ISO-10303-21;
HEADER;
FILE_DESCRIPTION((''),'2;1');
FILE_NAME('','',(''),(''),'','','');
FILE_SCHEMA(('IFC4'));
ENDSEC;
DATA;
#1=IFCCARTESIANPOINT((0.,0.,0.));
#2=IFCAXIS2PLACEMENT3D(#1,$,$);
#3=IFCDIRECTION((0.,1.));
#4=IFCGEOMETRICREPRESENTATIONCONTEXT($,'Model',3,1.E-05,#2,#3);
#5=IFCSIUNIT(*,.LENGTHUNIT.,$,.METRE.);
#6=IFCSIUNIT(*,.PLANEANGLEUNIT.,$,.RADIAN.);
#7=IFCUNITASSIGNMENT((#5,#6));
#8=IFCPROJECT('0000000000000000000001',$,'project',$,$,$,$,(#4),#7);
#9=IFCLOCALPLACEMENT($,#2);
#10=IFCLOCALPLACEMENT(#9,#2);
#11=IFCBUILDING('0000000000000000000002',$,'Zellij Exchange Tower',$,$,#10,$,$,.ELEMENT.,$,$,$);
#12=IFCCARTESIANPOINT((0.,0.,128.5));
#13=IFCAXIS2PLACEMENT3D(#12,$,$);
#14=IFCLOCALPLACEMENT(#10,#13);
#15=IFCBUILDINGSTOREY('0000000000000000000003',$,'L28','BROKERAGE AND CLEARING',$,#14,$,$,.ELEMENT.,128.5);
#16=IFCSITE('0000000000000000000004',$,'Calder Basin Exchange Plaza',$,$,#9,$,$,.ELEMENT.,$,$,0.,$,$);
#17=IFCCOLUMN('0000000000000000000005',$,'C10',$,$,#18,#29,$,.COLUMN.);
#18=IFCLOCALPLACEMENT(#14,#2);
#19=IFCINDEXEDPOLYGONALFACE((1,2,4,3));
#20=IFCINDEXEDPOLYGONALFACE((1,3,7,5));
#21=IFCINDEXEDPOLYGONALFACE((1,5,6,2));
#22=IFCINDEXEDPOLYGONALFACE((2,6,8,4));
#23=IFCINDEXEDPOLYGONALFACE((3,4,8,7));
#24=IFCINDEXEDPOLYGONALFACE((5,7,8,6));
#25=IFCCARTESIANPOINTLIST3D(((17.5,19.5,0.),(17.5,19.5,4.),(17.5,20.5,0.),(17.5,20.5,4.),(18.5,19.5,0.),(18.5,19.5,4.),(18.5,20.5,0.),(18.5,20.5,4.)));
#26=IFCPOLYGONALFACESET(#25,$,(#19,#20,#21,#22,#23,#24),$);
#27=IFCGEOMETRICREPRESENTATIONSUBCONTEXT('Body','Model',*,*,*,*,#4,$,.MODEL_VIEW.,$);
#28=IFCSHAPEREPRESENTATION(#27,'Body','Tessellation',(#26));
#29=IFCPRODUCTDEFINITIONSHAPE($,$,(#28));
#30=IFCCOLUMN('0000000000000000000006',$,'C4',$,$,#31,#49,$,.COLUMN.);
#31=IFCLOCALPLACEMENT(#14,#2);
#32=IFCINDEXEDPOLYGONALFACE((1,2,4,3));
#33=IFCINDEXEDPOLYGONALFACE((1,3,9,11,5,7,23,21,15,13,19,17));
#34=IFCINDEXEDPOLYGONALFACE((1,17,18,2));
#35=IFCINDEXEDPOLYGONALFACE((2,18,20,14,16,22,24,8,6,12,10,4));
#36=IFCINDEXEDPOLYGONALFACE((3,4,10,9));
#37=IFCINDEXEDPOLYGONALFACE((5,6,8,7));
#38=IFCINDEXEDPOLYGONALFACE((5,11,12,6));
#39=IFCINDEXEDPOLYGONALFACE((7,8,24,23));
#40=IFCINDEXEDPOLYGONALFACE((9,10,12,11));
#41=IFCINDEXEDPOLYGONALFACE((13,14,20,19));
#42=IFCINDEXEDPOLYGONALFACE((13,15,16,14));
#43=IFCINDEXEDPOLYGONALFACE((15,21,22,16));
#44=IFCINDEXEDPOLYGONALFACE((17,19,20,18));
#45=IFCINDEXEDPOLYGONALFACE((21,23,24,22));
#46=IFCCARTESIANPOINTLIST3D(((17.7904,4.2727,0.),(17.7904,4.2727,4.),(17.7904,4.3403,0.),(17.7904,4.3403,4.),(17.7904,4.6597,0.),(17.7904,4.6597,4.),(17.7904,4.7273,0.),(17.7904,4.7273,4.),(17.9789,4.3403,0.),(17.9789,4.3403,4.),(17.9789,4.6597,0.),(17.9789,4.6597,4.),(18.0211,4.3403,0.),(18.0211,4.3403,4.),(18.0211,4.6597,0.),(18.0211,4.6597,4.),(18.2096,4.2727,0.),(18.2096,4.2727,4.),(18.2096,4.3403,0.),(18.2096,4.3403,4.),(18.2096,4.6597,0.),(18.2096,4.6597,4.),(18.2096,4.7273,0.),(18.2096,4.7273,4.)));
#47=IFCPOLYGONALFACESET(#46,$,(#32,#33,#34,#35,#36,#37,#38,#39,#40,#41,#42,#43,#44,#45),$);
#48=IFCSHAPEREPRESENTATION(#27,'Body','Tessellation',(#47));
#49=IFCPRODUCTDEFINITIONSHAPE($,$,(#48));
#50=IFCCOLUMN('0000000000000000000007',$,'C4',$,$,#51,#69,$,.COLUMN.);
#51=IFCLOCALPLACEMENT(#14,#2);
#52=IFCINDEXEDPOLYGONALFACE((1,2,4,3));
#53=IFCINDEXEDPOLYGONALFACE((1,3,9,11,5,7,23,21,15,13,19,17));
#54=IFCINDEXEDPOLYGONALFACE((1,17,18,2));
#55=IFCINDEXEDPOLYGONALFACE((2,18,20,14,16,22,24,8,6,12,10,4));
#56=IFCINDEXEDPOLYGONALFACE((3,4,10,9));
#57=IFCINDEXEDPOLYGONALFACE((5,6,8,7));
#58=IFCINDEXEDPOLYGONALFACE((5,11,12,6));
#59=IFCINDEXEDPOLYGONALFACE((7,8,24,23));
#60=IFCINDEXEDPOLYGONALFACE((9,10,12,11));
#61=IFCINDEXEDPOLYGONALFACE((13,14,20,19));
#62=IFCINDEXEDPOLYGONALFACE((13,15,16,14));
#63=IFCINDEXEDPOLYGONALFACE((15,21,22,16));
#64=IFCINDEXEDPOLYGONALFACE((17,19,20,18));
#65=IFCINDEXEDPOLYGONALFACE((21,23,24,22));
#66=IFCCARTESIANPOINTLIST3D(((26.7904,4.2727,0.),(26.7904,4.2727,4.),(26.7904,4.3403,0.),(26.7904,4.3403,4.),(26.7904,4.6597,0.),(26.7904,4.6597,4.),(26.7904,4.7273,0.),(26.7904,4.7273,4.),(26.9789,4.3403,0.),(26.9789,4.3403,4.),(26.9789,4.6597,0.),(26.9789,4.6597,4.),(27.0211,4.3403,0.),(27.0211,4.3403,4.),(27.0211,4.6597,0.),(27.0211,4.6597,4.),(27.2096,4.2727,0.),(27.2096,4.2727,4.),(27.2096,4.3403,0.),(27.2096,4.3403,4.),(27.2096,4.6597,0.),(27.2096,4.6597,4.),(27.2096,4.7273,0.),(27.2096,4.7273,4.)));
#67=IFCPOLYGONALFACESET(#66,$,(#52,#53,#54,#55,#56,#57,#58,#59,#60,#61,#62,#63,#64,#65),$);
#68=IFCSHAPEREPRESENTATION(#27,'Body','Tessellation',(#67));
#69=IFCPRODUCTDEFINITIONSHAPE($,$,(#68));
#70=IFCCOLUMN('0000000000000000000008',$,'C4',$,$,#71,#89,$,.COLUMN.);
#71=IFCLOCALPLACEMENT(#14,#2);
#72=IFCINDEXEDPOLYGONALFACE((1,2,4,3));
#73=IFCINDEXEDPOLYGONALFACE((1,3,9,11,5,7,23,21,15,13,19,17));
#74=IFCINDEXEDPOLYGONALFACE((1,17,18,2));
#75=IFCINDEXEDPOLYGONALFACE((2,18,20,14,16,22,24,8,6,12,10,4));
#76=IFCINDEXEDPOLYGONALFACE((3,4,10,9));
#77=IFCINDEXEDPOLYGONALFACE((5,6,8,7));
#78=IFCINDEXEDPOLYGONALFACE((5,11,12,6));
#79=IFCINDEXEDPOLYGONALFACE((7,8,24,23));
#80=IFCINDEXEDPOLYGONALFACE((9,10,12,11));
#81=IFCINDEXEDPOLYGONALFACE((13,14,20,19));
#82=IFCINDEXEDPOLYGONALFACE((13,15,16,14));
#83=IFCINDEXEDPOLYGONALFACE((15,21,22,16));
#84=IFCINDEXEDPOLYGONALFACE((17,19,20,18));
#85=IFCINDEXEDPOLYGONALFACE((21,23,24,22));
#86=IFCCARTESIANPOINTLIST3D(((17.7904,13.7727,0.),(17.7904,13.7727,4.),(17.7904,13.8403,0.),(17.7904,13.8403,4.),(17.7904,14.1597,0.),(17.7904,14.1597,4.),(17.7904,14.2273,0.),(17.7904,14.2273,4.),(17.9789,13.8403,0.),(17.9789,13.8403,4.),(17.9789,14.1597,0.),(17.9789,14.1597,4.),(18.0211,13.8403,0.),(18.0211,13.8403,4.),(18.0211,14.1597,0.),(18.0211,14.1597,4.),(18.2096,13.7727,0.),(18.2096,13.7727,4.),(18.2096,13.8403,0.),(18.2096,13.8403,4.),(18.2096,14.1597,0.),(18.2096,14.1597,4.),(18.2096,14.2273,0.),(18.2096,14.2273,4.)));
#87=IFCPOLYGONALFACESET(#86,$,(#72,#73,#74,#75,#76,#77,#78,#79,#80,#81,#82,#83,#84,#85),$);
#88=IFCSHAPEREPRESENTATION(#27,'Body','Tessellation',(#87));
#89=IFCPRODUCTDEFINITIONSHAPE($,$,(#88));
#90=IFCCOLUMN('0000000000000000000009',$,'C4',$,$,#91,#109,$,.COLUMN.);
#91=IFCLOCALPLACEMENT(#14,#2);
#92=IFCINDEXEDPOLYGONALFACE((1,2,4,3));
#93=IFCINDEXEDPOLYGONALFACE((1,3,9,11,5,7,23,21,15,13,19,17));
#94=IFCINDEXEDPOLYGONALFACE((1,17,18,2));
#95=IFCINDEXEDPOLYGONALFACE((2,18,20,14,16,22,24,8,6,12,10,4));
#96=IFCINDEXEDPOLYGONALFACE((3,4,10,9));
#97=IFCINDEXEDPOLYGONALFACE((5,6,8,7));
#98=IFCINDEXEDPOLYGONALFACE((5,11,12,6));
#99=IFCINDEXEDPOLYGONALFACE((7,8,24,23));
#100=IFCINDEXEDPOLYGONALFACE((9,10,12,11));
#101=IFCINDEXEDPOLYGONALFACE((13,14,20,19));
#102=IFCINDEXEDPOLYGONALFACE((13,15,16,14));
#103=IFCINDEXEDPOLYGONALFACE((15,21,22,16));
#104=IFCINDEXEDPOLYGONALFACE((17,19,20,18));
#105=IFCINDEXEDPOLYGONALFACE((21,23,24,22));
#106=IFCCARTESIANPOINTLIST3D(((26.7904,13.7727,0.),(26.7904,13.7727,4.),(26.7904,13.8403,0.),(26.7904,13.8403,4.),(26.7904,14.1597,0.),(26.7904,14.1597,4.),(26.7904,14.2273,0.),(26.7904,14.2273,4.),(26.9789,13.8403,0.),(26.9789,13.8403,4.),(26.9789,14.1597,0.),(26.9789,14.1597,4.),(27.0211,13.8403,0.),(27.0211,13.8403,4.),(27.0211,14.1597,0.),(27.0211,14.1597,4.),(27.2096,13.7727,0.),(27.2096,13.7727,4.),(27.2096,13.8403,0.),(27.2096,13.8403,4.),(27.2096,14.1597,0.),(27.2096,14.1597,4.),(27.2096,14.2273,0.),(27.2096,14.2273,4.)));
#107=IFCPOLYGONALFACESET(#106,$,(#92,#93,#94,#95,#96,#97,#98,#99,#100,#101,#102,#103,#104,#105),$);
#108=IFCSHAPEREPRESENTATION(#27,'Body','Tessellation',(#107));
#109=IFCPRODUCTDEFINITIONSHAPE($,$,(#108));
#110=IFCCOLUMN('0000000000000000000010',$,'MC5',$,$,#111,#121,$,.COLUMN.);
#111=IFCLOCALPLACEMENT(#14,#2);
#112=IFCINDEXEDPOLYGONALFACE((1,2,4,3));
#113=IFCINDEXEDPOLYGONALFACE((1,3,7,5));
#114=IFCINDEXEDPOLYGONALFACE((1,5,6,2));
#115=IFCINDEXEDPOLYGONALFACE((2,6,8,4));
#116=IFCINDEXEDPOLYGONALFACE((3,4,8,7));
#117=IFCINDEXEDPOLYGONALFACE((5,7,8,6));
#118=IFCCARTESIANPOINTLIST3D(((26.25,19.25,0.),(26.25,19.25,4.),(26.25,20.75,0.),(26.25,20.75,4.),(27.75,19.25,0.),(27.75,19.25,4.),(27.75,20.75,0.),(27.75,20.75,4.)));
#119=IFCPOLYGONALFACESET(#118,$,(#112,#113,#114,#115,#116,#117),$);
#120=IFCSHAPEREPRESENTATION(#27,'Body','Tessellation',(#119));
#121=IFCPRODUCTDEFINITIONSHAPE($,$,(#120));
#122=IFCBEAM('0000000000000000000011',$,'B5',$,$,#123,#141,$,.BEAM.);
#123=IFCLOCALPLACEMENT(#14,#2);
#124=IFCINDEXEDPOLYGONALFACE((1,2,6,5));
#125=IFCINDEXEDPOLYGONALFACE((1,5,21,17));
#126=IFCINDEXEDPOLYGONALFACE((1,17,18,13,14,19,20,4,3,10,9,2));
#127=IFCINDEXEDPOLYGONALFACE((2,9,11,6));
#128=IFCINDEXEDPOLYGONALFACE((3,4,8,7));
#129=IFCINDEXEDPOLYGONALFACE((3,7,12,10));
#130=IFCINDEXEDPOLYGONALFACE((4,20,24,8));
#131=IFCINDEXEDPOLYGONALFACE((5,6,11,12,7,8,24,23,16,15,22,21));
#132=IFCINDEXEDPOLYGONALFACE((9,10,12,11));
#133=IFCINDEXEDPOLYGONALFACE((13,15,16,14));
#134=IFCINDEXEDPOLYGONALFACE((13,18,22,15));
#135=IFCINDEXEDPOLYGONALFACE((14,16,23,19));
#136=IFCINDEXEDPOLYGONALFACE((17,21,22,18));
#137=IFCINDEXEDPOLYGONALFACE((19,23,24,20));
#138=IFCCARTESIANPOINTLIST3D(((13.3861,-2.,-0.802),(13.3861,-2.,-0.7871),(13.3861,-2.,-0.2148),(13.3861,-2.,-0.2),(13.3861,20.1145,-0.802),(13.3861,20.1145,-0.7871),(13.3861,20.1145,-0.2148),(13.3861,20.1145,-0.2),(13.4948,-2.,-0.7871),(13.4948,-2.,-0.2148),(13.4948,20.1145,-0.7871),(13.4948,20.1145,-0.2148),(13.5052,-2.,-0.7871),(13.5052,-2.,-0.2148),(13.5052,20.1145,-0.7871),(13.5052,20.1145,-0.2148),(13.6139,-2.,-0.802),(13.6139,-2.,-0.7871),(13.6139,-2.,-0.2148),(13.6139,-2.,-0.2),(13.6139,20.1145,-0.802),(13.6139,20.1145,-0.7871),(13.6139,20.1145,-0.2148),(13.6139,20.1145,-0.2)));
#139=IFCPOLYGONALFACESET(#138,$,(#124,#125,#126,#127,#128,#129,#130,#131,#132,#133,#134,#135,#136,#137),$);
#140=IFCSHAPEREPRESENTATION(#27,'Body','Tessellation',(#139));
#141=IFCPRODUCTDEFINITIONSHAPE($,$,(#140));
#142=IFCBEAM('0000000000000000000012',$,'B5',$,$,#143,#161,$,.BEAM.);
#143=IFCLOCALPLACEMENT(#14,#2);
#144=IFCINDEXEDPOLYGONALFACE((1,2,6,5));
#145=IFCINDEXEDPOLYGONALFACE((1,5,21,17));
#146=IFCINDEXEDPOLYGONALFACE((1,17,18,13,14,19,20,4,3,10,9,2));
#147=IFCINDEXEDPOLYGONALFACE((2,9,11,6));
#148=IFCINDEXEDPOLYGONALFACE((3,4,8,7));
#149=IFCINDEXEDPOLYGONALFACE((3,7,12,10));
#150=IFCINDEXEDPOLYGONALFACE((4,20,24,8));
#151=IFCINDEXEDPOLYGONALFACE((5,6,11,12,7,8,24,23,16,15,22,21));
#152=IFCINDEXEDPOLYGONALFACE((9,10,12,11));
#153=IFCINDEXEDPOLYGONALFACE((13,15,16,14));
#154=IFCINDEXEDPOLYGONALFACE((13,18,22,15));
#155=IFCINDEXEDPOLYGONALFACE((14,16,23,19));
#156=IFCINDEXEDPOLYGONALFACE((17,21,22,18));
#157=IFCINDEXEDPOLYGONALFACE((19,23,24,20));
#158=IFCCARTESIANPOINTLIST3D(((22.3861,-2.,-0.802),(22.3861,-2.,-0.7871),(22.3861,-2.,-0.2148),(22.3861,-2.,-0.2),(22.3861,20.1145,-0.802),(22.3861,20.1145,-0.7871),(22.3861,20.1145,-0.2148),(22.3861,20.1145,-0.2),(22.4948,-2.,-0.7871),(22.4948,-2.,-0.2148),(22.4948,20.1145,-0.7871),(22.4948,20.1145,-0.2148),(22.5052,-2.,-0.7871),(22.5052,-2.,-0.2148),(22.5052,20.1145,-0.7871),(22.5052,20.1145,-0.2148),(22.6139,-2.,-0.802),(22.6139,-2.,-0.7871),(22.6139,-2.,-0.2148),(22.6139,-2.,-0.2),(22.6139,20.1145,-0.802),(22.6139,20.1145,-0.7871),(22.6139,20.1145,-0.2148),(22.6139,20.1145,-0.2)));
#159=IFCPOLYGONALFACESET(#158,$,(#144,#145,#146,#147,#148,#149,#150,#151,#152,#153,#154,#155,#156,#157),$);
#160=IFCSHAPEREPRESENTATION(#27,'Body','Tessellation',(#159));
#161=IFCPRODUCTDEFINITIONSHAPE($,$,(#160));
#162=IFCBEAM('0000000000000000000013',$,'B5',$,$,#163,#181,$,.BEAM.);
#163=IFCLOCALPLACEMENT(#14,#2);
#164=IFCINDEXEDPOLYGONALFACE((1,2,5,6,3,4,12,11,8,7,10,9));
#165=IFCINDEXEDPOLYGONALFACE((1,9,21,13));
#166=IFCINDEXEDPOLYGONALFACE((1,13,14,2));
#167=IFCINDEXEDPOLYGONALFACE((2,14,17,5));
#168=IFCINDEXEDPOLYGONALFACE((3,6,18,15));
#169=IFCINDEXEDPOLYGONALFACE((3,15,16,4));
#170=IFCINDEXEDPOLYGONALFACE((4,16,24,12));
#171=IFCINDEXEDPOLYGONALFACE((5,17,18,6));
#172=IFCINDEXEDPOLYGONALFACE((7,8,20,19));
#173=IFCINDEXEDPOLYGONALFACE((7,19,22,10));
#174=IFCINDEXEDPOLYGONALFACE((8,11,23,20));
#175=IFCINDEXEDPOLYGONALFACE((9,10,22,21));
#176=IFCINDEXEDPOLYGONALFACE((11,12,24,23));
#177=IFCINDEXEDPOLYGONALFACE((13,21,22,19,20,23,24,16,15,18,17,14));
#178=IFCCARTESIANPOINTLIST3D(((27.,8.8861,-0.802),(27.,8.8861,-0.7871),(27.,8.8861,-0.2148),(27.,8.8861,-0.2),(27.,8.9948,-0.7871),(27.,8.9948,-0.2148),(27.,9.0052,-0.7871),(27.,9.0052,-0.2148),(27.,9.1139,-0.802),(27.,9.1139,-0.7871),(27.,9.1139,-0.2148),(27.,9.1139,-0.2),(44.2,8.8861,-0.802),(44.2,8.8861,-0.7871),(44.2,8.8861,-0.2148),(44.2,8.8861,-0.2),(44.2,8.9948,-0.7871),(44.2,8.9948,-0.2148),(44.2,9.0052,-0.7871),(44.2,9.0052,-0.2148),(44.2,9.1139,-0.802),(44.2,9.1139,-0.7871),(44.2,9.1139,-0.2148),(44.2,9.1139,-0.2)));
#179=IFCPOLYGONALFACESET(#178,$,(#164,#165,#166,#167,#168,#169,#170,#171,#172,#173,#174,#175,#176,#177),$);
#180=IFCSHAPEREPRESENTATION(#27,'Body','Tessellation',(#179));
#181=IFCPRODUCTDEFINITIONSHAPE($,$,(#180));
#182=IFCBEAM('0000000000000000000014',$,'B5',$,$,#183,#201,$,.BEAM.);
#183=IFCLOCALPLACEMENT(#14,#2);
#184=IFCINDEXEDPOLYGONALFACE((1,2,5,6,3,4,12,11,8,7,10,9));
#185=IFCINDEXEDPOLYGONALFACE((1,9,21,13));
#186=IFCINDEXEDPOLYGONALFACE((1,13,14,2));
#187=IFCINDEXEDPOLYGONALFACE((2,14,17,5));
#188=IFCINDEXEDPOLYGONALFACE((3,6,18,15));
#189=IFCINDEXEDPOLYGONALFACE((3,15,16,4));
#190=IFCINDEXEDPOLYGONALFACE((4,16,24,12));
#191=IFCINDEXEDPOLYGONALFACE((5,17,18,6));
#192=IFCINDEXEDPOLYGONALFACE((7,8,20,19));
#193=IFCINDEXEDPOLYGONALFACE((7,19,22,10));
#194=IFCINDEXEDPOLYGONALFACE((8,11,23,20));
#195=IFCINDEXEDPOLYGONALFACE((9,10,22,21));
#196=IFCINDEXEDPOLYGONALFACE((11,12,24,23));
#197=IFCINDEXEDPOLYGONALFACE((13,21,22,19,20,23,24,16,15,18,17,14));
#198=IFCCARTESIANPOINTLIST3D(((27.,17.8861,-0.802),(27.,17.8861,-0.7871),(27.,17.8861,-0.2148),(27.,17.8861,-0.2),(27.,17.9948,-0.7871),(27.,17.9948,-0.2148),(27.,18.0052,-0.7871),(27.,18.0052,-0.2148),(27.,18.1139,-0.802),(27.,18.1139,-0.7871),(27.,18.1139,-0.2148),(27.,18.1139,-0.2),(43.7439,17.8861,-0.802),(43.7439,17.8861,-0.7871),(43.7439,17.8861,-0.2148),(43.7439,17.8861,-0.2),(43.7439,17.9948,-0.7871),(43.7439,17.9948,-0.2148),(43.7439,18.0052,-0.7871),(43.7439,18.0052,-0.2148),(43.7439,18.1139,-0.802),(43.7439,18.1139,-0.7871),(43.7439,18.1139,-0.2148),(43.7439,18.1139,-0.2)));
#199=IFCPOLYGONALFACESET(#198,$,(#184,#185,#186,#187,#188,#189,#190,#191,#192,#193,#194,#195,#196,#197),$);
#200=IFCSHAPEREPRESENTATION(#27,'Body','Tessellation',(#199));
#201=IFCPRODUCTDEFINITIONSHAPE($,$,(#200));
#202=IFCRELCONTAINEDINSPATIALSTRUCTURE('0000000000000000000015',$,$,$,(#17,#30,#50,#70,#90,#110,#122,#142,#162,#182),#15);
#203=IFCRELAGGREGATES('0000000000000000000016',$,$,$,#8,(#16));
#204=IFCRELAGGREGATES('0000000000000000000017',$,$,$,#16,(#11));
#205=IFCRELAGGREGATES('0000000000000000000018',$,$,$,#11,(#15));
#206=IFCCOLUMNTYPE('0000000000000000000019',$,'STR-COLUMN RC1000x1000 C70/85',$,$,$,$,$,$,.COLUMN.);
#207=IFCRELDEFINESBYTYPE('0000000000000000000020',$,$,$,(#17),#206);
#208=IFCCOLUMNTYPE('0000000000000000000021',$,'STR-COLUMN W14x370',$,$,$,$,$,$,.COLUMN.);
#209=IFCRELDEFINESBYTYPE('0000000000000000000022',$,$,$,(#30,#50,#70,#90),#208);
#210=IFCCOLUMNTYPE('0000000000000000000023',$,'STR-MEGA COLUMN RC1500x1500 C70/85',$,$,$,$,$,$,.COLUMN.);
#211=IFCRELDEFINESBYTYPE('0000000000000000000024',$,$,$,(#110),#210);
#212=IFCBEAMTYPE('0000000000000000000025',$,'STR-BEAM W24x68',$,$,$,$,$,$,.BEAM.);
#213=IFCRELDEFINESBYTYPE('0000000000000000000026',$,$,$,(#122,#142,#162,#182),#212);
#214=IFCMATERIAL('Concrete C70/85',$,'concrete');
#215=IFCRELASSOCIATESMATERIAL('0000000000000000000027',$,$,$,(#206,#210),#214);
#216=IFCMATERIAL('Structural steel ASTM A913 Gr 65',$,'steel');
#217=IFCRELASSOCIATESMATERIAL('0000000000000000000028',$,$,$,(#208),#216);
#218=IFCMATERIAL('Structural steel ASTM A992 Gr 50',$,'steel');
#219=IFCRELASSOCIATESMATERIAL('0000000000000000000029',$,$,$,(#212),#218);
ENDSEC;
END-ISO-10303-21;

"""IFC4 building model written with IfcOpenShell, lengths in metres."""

from ifc_helpers import new_model, si_unit, direction, frame, origin, origin_2d, place, context, subcontext, project, spatial, rectangle, i_section, extrude, material, material_profile, profile_set, type_object, element, save


model = new_model("IFC4")

# Units and contexts
model_context = context("Model", 3, precision=1e-05, world=origin(), true_north=direction((0.0, 1.0)))
body_context = subcontext(model_context, "Body", "Model", "MODEL_VIEW")
ifc_project = project(units=[si_unit("LENGTHUNIT", "METRE"), si_unit("PLANEANGLEUNIT", "RADIAN")], contexts=[model_context])

# Site, building, storey
site_placement = place(None, origin())
site = spatial("IfcSite", under=ifc_project, at=site_placement, Name="Calder Basin Exchange Plaza", CompositionType="ELEMENT", RefElevation=0.0)
building_placement = place(site_placement, origin())
building = spatial("IfcBuilding", under=site, at=building_placement, Name="Zellij Exchange Tower", CompositionType="ELEMENT")
storey_placement = place(building_placement, frame((0.0, 0.0, 128.5)))
storey = spatial("IfcBuildingStorey", under=building, at=storey_placement, Name="L28", Description="BROKERAGE AND CLEARING", CompositionType="ELEMENT", Elevation=128.5)

# Columns
ifc_material_1 = material(Name="Concrete C70/85", Category="concrete")
ifc_material_profile_1 = material_profile(ifc_material_1, rectangle(XDim=1.0, YDim=1.0, at=origin_2d()), Name="STR-COLUMN RC1000x1000 C70/85")
ifc_profile_set_1 = profile_set([ifc_material_profile_1], Name="Concrete C70/85")
column_type_1 = type_object("IfcColumnType", Name="STR-COLUMN RC1000x1000 C70/85", PredefinedType="COLUMN", material=ifc_profile_set_1)
column_1_placement = place(storey_placement, frame((18.0, 20.0, 0.0), z_axis=(0.0, 0.0, 1.0), x_axis=(1.0, 0.0, 0.0)))
element("IfcColumn", 1, at=column_1_placement, inside=storey, type_object=column_type_1, Name="C10", PredefinedType="COLUMN", context=body_context, shape_type="SweptSolid", body=[
    extrude(rectangle(XDim=1.0, YDim=1.0, at=origin_2d()), origin(), (0.0, 0.0, 1.0), 4.0),
])
ifc_material_2 = material(Name="Structural steel ASTM A913 Gr 65", Category="steel")
ifc_material_profile_2 = material_profile(ifc_material_2, i_section(OverallWidth=0.4192, OverallDepth=0.4546, WebThickness=0.0422, FlangeThickness=0.0676, at=origin_2d()), Name="W14x370")
ifc_profile_set_2 = profile_set([ifc_material_profile_2], Name="Structural steel ASTM A913 Gr 65")
column_type_2 = type_object("IfcColumnType", Name="STR-COLUMN W14x370", PredefinedType="COLUMN", material=ifc_profile_set_2)
for number, where, z_axis, x_axis, name in (
    (2, (18.0, 4.5, 0.0), (0.0, 0.0, 1.0), (1.0, 0.0, 0.0), "C4"),
    (3, (27.0, 4.5, 0.0), (0.0, 0.0, 1.0), (1.0, 0.0, 0.0), "C4"),
    (4, (18.0, 14.0, 0.0), (0.0, 0.0, 1.0), (1.0, 0.0, 0.0), "C4"),
    (5, (27.0, 14.0, 0.0), (0.0, 0.0, 1.0), (1.0, 0.0, 0.0), "C4"),
):
    element("IfcColumn", number, at=place(storey_placement, frame(where, z_axis=z_axis, x_axis=x_axis)), inside=storey, type_object=column_type_2, Name=name, PredefinedType="COLUMN", context=body_context, shape_type="SweptSolid", body=[
        extrude(i_section(OverallWidth=0.4192, OverallDepth=0.4546, WebThickness=0.0422, FlangeThickness=0.0676, at=origin_2d()), origin(), (0.0, 0.0, 1.0), 4.0),
    ])
ifc_material_profile_3 = material_profile(ifc_material_1, rectangle(XDim=1.5, YDim=1.5, at=origin_2d()), Name="STR-MEGA COLUMN RC1500x1500 C70/85")
ifc_profile_set_3 = profile_set([ifc_material_profile_3], Name="Concrete C70/85")
column_type_3 = type_object("IfcColumnType", Name="STR-MEGA COLUMN RC1500x1500 C70/85", PredefinedType="COLUMN", material=ifc_profile_set_3)
column_2_placement = place(storey_placement, frame((27.0, 20.0, 0.0), z_axis=(0.0, 0.0, 1.0), x_axis=(1.0, 0.0, 0.0)))
element("IfcColumn", 6, at=column_2_placement, inside=storey, type_object=column_type_3, Name="MC5", PredefinedType="COLUMN", context=body_context, shape_type="SweptSolid", body=[
    extrude(rectangle(XDim=1.5, YDim=1.5, at=origin_2d()), origin(), (0.0, 0.0, 1.0), 4.0),
])

# Beams
ifc_material_3 = material(Name="Structural steel ASTM A992 Gr 50", Category="steel")
ifc_material_profile_4 = material_profile(ifc_material_3, i_section(OverallWidth=0.2278, OverallDepth=0.6021, WebThickness=0.0105, FlangeThickness=0.0149, at=origin_2d()), Name="W24x68")
ifc_profile_set_4 = profile_set([ifc_material_profile_4], Name="Structural steel ASTM A992 Gr 50")
beam_type_1 = type_object("IfcBeamType", Name="STR-BEAM W24x68", PredefinedType="BEAM", material=ifc_profile_set_4)
for number, where, z_axis, x_axis, name in (
    (7, (13.5, -2.0, -0.501), (0.0, 1.0, 0.0), (-1.0, 0.0, 0.0), "B5"),
    (8, (22.5, -2.0, -0.501), (0.0, 1.0, 0.0), (-1.0, 0.0, 0.0), "B5"),
):
    element("IfcBeam", number, at=place(storey_placement, frame(where, z_axis=z_axis, x_axis=x_axis)), inside=storey, type_object=beam_type_1, Name=name, PredefinedType="BEAM", context=body_context, shape_type="SweptSolid", body=[
        extrude(i_section(OverallWidth=0.2278, OverallDepth=0.6021, WebThickness=0.0105, FlangeThickness=0.0149, at=origin_2d()), origin(), (0.0, 0.0, 1.0), 22.1145),
    ])
beam_1_placement = place(storey_placement, frame((27.0, 9.0, -0.501), z_axis=(1.0, 0.0, 0.0), x_axis=(0.0, 1.0, 0.0)))
element("IfcBeam", 9, at=beam_1_placement, inside=storey, type_object=beam_type_1, Name="B5", PredefinedType="BEAM", context=body_context, shape_type="SweptSolid", body=[
    extrude(i_section(OverallWidth=0.2278, OverallDepth=0.6021, WebThickness=0.0105, FlangeThickness=0.0149, at=origin_2d()), origin(), (0.0, 0.0, 1.0), 17.2),
])
beam_2_placement = place(storey_placement, frame((27.0, 18.0, -0.501), z_axis=(1.0, 0.0, 0.0), x_axis=(0.0, 1.0, 0.0)))
element("IfcBeam", 10, at=beam_2_placement, inside=storey, type_object=beam_type_1, Name="B5", PredefinedType="BEAM", context=body_context, shape_type="SweptSolid", body=[
    extrude(i_section(OverallWidth=0.2278, OverallDepth=0.6021, WebThickness=0.0105, FlangeThickness=0.0149, at=origin_2d()), origin(), (0.0, 0.0, 1.0), 16.7439),
])

save(model, "model.ifc")
